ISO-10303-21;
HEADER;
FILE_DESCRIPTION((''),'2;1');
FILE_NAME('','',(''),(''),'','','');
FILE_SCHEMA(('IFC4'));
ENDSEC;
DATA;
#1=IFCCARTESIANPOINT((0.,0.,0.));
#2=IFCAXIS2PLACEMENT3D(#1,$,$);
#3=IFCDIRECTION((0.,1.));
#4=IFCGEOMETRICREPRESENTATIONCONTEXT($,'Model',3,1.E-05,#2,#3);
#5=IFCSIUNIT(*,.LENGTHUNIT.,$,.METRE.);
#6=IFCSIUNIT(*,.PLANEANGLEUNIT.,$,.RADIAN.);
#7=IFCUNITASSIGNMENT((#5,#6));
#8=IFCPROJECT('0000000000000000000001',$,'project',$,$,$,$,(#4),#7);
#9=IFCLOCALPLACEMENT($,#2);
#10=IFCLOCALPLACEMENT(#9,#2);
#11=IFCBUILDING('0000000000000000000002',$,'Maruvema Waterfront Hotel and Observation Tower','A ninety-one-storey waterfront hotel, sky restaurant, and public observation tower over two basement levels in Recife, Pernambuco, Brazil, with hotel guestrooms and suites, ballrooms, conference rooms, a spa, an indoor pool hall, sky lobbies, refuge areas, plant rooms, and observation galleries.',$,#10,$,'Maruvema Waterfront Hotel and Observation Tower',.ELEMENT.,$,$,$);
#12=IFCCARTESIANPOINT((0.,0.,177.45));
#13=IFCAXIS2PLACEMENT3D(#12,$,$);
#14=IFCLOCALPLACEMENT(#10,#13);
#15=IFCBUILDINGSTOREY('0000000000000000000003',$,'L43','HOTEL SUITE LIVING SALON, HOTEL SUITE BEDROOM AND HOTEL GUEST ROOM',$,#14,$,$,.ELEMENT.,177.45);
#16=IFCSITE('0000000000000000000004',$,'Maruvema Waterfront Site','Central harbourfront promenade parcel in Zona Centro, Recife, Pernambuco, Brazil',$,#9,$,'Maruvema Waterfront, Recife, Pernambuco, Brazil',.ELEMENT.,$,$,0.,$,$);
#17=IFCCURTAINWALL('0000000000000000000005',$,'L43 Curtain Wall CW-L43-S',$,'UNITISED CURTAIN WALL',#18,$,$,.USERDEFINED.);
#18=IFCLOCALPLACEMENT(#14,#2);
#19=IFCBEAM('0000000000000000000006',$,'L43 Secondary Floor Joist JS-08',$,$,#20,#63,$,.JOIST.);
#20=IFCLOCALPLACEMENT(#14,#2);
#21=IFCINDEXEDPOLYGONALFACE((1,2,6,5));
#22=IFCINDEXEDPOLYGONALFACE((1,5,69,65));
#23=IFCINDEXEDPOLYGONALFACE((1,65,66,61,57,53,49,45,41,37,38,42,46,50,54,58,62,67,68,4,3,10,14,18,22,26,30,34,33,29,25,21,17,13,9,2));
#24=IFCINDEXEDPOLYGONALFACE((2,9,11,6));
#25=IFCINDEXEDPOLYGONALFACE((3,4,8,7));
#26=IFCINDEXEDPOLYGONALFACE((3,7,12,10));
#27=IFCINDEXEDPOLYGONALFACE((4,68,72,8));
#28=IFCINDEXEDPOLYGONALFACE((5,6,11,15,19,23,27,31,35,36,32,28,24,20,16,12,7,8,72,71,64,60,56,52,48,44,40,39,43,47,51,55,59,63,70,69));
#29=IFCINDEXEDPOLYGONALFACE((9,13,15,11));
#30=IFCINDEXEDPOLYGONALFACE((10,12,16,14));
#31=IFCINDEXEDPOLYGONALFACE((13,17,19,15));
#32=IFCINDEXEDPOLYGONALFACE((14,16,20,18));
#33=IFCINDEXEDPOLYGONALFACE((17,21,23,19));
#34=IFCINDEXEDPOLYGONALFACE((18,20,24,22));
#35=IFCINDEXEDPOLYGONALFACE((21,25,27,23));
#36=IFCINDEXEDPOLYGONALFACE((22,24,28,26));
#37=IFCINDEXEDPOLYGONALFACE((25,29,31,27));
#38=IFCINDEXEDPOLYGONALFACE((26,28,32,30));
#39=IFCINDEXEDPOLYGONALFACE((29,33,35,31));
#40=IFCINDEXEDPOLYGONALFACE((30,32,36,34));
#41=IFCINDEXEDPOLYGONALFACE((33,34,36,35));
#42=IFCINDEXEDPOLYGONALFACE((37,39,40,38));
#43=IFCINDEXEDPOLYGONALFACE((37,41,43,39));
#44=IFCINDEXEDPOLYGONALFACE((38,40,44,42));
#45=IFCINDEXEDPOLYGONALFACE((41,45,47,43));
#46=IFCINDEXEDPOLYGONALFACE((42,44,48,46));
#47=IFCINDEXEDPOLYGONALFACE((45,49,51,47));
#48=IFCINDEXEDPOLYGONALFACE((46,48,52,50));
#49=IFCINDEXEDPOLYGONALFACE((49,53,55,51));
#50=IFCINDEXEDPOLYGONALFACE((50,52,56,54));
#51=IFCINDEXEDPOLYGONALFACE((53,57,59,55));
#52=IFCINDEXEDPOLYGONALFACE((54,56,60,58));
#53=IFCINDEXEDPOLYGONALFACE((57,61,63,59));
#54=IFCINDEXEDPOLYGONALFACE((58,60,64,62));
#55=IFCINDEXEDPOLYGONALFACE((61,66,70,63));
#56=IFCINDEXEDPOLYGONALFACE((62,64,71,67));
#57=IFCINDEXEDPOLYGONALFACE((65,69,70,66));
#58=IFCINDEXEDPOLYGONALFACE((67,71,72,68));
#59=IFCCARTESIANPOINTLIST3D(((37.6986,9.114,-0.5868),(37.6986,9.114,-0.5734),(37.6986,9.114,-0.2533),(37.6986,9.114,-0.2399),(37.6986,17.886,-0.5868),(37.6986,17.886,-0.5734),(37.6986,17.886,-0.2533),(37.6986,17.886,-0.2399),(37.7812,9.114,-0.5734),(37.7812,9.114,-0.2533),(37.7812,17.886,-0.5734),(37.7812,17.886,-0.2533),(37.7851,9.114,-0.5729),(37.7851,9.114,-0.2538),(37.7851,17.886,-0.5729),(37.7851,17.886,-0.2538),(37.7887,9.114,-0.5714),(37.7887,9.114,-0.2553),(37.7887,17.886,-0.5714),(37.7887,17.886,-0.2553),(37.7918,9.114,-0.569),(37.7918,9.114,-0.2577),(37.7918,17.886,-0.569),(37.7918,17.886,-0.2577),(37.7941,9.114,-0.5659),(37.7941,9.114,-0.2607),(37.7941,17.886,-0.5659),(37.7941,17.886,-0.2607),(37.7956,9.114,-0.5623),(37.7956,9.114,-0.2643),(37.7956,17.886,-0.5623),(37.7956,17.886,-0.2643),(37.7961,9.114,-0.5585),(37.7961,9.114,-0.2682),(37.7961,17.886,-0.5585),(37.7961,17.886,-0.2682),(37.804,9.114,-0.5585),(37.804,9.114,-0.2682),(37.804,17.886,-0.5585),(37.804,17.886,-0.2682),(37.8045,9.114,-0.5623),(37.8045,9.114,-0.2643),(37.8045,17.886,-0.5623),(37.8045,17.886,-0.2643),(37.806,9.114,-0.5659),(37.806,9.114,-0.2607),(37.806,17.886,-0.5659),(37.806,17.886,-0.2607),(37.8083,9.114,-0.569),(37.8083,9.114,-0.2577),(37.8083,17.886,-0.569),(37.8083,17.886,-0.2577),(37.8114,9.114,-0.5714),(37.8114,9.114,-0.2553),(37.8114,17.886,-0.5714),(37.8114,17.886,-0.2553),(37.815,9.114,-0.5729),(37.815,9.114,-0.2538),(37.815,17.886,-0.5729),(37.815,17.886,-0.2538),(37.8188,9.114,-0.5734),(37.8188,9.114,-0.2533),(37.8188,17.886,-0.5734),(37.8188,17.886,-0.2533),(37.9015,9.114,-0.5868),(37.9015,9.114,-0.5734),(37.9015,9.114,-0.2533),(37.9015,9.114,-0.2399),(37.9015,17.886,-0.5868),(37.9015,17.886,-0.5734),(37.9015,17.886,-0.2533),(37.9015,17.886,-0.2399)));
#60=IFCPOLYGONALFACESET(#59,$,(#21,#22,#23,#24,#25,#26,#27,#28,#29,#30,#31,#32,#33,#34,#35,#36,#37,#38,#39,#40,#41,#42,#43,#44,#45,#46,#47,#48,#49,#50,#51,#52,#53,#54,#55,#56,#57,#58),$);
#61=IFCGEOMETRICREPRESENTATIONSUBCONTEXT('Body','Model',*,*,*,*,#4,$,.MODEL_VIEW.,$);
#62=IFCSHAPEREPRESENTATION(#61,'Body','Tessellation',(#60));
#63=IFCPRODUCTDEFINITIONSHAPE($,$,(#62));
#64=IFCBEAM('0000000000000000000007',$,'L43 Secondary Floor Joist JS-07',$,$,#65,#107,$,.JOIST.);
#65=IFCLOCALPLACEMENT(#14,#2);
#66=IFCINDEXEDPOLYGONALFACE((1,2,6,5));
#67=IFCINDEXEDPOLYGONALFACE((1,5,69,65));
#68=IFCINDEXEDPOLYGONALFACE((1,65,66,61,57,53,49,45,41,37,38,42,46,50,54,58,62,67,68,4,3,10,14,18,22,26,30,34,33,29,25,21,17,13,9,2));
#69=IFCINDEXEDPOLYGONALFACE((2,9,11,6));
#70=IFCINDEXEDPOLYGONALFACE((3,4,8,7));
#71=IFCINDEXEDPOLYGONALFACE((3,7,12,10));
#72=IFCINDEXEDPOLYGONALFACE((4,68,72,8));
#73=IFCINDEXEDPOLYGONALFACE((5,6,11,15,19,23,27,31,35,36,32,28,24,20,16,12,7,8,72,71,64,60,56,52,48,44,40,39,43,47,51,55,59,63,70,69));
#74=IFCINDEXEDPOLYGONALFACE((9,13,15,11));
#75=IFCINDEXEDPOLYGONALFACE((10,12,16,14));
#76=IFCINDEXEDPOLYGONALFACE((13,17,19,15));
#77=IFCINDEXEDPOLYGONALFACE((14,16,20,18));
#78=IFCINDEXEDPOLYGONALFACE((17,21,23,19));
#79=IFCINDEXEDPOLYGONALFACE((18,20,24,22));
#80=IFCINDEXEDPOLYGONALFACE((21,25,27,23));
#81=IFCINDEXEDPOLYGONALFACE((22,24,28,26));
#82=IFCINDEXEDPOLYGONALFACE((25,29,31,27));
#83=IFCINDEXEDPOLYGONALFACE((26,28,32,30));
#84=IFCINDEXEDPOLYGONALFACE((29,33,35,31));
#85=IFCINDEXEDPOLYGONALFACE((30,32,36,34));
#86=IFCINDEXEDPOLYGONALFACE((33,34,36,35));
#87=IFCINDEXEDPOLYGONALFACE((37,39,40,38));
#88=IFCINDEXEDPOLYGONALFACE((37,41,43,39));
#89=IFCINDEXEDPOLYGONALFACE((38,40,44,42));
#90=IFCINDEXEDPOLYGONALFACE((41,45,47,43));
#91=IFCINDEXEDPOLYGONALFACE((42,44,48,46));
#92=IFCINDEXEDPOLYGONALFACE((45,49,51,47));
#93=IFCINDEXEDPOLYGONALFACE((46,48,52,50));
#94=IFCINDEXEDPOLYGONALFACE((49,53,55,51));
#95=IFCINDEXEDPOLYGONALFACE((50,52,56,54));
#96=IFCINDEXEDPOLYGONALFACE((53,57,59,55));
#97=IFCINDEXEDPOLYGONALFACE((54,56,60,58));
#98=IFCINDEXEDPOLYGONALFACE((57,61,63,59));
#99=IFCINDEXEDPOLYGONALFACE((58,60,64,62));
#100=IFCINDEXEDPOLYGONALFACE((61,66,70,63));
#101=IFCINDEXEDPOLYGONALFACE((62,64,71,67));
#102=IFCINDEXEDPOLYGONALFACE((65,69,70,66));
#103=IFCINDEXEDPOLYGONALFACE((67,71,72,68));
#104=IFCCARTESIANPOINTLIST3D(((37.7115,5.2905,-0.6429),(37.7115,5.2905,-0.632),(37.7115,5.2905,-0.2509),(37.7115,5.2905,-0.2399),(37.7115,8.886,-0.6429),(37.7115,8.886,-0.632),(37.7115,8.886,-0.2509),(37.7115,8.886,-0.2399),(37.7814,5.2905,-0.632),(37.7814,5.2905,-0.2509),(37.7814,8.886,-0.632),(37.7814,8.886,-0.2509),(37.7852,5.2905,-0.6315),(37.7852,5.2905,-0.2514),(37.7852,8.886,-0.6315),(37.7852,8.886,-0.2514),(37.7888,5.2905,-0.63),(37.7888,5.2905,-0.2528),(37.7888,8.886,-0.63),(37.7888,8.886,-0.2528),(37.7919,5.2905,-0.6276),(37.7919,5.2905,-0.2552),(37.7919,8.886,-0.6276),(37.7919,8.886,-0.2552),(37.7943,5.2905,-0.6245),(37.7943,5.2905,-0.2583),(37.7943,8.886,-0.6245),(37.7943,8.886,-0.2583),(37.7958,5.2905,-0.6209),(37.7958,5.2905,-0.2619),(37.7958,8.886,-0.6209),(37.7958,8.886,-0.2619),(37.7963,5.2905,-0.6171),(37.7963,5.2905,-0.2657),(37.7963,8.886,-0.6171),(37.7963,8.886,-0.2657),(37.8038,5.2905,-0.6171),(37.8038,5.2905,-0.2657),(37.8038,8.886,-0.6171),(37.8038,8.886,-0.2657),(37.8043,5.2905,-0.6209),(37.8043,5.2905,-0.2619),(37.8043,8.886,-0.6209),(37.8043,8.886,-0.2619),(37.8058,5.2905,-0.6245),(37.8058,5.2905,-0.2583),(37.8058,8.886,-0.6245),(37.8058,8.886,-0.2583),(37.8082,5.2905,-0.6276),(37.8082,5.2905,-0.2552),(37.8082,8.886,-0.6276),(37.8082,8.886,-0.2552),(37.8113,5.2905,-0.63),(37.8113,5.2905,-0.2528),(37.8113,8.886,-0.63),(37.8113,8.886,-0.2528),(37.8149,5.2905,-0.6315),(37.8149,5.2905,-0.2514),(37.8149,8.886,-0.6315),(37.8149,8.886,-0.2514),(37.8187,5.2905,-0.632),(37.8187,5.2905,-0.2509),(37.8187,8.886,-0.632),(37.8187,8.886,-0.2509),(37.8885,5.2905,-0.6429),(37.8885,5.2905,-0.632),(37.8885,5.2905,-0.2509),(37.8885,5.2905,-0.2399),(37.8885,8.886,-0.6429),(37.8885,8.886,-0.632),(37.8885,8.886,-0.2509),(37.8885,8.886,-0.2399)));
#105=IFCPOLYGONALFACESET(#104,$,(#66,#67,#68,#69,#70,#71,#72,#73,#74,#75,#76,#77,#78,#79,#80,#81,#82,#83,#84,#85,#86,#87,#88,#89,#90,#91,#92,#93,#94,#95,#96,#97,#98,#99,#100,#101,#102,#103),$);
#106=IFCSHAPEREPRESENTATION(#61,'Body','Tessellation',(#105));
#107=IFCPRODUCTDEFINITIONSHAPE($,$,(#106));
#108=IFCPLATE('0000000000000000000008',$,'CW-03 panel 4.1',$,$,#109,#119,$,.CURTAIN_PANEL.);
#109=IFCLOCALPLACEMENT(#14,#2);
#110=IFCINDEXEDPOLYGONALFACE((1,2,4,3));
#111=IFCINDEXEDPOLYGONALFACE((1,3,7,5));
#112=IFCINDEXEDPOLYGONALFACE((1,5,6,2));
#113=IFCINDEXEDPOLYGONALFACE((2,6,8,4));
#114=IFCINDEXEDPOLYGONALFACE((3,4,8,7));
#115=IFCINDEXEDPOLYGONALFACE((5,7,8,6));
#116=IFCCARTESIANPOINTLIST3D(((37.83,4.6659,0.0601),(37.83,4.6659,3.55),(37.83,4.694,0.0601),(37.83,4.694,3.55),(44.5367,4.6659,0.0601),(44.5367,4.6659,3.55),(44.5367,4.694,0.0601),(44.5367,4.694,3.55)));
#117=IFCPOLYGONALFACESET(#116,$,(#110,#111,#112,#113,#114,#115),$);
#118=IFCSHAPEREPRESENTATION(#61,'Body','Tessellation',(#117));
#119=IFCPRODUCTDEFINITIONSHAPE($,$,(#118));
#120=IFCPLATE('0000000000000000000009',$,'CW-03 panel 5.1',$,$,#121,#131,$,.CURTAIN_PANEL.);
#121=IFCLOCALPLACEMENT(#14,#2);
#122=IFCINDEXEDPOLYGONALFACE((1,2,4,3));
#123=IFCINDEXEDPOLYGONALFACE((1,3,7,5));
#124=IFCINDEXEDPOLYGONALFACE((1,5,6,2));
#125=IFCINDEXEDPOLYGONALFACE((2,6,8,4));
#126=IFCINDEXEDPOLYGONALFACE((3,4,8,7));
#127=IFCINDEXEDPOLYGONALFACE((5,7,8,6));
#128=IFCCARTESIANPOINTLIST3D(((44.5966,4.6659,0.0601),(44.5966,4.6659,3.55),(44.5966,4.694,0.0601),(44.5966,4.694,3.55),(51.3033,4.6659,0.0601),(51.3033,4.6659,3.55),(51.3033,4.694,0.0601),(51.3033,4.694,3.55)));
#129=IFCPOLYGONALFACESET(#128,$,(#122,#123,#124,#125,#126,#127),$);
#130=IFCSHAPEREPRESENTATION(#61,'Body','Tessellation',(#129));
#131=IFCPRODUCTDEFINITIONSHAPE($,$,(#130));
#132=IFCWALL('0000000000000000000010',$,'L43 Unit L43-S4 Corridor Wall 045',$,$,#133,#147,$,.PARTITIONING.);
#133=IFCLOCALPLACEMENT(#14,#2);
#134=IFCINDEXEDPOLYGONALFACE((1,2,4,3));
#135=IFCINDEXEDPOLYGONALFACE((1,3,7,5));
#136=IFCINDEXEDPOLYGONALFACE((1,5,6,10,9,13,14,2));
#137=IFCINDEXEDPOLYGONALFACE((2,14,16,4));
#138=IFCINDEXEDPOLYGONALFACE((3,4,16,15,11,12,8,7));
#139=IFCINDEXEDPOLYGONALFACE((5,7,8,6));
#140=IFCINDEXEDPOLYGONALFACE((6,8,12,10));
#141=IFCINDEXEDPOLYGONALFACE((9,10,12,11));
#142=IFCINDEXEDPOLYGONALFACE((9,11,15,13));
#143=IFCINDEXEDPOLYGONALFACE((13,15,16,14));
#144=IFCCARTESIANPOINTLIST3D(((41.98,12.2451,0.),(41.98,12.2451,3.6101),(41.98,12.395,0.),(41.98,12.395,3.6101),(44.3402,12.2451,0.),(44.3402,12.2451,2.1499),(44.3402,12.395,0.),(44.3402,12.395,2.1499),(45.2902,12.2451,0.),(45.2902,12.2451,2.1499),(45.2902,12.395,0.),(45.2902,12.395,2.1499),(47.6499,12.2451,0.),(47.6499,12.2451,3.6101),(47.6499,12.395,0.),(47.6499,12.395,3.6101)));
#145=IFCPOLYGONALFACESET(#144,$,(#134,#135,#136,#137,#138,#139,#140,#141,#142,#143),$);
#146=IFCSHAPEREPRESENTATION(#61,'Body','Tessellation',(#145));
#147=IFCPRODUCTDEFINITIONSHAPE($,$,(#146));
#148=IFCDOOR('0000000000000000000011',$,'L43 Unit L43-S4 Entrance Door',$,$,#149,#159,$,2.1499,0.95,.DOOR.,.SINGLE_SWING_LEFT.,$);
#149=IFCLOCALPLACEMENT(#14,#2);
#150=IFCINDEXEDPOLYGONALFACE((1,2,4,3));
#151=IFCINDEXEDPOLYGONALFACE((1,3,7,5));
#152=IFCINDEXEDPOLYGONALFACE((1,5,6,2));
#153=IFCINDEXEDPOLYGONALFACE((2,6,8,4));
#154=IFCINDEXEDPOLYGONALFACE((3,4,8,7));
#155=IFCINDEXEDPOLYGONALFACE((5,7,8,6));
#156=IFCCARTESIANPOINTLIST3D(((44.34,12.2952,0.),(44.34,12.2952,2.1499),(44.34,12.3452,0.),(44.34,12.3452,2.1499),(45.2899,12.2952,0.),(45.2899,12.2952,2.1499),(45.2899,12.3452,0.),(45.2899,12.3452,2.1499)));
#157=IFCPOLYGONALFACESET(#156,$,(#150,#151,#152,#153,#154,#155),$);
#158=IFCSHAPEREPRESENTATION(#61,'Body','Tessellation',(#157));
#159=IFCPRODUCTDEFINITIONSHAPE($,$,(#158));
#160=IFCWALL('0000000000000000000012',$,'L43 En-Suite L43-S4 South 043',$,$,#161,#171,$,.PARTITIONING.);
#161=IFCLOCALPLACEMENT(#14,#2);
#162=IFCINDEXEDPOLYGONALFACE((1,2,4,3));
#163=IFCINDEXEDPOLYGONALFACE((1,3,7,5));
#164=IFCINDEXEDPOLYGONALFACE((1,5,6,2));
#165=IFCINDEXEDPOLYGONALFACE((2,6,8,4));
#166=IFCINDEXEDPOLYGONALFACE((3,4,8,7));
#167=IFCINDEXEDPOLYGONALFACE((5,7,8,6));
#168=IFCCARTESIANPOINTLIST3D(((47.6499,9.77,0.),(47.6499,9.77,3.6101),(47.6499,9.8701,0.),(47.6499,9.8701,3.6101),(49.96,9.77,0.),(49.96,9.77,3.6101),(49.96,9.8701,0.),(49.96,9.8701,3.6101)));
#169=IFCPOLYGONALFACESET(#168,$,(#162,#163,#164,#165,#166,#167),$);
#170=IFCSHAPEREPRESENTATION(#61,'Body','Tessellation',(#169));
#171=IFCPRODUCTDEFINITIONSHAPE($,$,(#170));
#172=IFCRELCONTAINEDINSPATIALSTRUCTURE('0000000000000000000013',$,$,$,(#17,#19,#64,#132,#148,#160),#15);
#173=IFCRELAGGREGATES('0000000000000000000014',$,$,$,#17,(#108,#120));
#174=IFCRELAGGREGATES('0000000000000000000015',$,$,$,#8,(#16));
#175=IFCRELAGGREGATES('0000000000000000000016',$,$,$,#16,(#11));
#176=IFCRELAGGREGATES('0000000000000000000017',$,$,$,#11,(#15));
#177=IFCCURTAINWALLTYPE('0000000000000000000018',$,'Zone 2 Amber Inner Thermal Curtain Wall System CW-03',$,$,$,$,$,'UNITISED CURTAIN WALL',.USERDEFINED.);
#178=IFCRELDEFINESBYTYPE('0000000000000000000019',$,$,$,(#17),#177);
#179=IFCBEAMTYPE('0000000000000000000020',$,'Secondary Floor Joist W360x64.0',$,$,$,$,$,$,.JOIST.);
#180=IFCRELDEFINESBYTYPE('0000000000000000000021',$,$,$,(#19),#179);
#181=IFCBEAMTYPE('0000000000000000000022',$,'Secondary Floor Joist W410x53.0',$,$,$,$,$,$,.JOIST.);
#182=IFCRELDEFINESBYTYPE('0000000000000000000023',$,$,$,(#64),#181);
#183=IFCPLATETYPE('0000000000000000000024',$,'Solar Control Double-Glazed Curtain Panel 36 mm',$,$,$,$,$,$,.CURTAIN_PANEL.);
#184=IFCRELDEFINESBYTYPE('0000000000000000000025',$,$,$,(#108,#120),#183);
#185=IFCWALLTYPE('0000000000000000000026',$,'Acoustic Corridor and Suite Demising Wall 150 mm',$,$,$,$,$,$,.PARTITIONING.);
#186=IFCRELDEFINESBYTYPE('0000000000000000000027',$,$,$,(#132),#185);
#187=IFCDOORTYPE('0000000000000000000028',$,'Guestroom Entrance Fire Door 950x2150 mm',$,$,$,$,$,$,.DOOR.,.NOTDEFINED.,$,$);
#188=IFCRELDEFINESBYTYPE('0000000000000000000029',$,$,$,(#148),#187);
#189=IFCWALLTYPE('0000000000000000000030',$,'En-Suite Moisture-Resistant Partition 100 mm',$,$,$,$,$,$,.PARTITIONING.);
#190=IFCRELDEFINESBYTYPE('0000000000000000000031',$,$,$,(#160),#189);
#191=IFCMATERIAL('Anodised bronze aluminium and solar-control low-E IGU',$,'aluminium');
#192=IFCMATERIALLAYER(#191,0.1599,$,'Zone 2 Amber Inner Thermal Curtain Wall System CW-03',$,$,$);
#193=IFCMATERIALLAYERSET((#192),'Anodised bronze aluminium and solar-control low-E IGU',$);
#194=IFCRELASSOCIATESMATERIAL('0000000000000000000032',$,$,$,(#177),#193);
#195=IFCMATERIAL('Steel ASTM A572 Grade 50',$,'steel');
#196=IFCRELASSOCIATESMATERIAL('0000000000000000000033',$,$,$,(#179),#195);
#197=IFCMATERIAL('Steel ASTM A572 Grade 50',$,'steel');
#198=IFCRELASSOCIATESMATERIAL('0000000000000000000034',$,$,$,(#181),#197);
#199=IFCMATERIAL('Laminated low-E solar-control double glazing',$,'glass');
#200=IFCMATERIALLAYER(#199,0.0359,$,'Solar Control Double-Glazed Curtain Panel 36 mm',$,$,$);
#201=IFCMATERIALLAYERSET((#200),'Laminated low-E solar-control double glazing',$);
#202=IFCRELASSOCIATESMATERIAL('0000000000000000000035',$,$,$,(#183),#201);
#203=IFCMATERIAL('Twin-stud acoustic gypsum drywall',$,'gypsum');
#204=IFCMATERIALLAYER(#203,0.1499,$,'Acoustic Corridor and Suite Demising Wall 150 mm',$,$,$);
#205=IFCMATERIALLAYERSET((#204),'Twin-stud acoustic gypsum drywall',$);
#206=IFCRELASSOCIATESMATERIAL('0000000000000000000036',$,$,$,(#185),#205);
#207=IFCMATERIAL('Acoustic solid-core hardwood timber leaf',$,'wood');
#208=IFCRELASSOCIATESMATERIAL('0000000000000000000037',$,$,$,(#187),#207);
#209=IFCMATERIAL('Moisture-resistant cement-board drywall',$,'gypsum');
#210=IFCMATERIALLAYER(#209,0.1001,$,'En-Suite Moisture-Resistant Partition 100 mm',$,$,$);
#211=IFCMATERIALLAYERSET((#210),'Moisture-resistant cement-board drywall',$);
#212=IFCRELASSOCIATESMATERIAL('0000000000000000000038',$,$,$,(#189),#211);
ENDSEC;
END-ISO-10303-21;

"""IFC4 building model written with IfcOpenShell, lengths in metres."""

from ifc_helpers import new_model, si_unit, direction, frame, frame_2d, origin, origin_2d, place, context, subcontext, project, spatial, rectangle, i_section, extrude, material, layer, layer_set, material_profile, profile_set, type_object, element, fill, aggregate, save


model = new_model("IFC4")

# Units and contexts
model_context = context("Model", 3, precision=1e-05, world=origin(), true_north=direction((0.0, 1.0)))
body_context = subcontext(model_context, "Body", "Model", "MODEL_VIEW")
ifc_project = project(units=[si_unit("LENGTHUNIT", "METRE"), si_unit("PLANEANGLEUNIT", "RADIAN")], contexts=[model_context])

# Site, building, storey
site_placement = place(None, origin())
site = spatial("IfcSite", under=ifc_project, at=site_placement, Name="Maruvema Waterfront Site", Description="Central harbourfront promenade parcel in Zona Centro, Recife, Pernambuco, Brazil", LongName="Maruvema Waterfront, Recife, Pernambuco, Brazil", CompositionType="ELEMENT", RefElevation=0.0)
building_placement = place(site_placement, origin())
building = spatial("IfcBuilding", under=site, at=building_placement, Name="Maruvema Waterfront Hotel and Observation Tower", Description="A ninety-one-storey waterfront hotel, sky restaurant, and public observation tower over two basement levels in Recife, Pernambuco, Brazil, with hotel guestrooms and suites, ballrooms, conference rooms, a spa, an indoor pool hall, sky lobbies, refuge areas, plant rooms, and observation galleries.", LongName="Maruvema Waterfront Hotel and Observation Tower", CompositionType="ELEMENT")
storey_placement = place(building_placement, frame((0.0, 0.0, 177.45)))
storey = spatial("IfcBuildingStorey", under=building, at=storey_placement, Name="L43", Description="HOTEL SUITE LIVING SALON, HOTEL SUITE BEDROOM AND HOTEL GUEST ROOM", CompositionType="ELEMENT", Elevation=177.45)

# Curtain wall
ifc_material_1 = material(Name="Anodised bronze aluminium and solar-control low-E IGU", Category="aluminium")
ifc_layer_1 = layer(ifc_material_1, 0.1599, Name="Zone 2 Amber Inner Thermal Curtain Wall System CW-03")
ifc_layer_set_1 = layer_set([ifc_layer_1], Name="Anodised bronze aluminium and solar-control low-E IGU")
curtain_wall_type = type_object("IfcCurtainWallType", Name="Zone 2 Amber Inner Thermal Curtain Wall System CW-03", ElementType="UNITISED CURTAIN WALL", PredefinedType="USERDEFINED", material=ifc_layer_set_1)
curtain_wall_placement = place(storey_placement, origin())
curtain_wall = element("IfcCurtainWall", 1, at=curtain_wall_placement, inside=storey, type_object=curtain_wall_type, Name="L43 Curtain Wall CW-L43-S", ObjectType="UNITISED CURTAIN WALL", PredefinedType="USERDEFINED")

# Beams
ifc_material_2 = material(Name="Steel ASTM A572 Grade 50", Category="steel")
ifc_material_profile_1 = material_profile(ifc_material_2, i_section(OverallWidth=0.2029, OverallDepth=0.3469, WebThickness=0.0078, FlangeThickness=0.0134, FilletRadius=0.0149, at=origin_2d()), Name="W360x64.0")
ifc_profile_set_1 = profile_set([ifc_material_profile_1], Name="Steel ASTM A572 Grade 50")
beam_type_1 = type_object("IfcBeamType", Name="Secondary Floor Joist W360x64.0", PredefinedType="JOIST", material=ifc_profile_set_1)
beam_1_placement = place(storey_placement, frame((37.8, 9.114, -0.4133), z_axis=(0.0, 1.0, 0.0), x_axis=(-1.0, 0.0, 0.0)))
element("IfcBeam", 2, at=beam_1_placement, inside=storey, type_object=beam_type_1, Name="L43 Secondary Floor Joist JS-08", PredefinedType="JOIST", context=body_context, shape_type="SweptSolid", body=[
    extrude(i_section(OverallWidth=0.2029, OverallDepth=0.3469, WebThickness=0.0078, FlangeThickness=0.0134, FilletRadius=0.0149, at=origin_2d()), origin(), (0.0, 0.0, 1.0), 8.772),
])
ifc_material_3 = material(Name="Steel ASTM A572 Grade 50", Category="steel")
ifc_material_profile_2 = material_profile(ifc_material_3, i_section(OverallWidth=0.177, OverallDepth=0.4031, WebThickness=0.0076, FlangeThickness=0.011, FilletRadius=0.0149, at=origin_2d()), Name="W410x53.0")
ifc_profile_set_2 = profile_set([ifc_material_profile_2], Name="Steel ASTM A572 Grade 50")
beam_type_2 = type_object("IfcBeamType", Name="Secondary Floor Joist W410x53.0", PredefinedType="JOIST", material=ifc_profile_set_2)
beam_2_placement = place(storey_placement, frame((37.8, 5.2905, -0.4414), z_axis=(0.0, 1.0, 0.0), x_axis=(-1.0, 0.0, 0.0)))
element("IfcBeam", 3, at=beam_2_placement, inside=storey, type_object=beam_type_2, Name="L43 Secondary Floor Joist JS-07", PredefinedType="JOIST", context=body_context, shape_type="SweptSolid", body=[
    extrude(i_section(OverallWidth=0.177, OverallDepth=0.4031, WebThickness=0.0076, FlangeThickness=0.011, FilletRadius=0.0149, at=origin_2d()), origin(), (0.0, 0.0, 1.0), 3.5955),
])

# Plates
ifc_material_4 = material(Name="Laminated low-E solar-control double glazing", Category="glass")
ifc_layer_2 = layer(ifc_material_4, 0.0359, Name="Solar Control Double-Glazed Curtain Panel 36 mm")
ifc_layer_set_2 = layer_set([ifc_layer_2], Name="Laminated low-E solar-control double glazing")
plate_type = type_object("IfcPlateType", Name="Solar Control Double-Glazed Curtain Panel 36 mm", PredefinedType="CURTAIN_PANEL", material=ifc_layer_set_2)
plate_1_placement = place(storey_placement, frame((41.1833, 4.6799, 0.0601), z_axis=(0.0, 0.0, 1.0), x_axis=(1.0, 0.0, 0.0)))
plate_1 = element("IfcPlate", 4, at=plate_1_placement, type_object=plate_type, Name="CW-03 panel 4.1", PredefinedType="CURTAIN_PANEL", context=body_context, shape_type="SweptSolid", body=[
    extrude(rectangle(XDim=6.7068, YDim=0.0281, at=origin_2d()), origin(), (0.0, 0.0, 1.0), 3.49),
])
plate_2_placement = place(storey_placement, frame((47.95, 4.6799, 0.0601), z_axis=(0.0, 0.0, 1.0), x_axis=(1.0, 0.0, 0.0)))
plate_2 = element("IfcPlate", 5, at=plate_2_placement, type_object=plate_type, Name="CW-03 panel 5.1", PredefinedType="CURTAIN_PANEL", context=body_context, shape_type="SweptSolid", body=[
    extrude(rectangle(XDim=6.7068, YDim=0.0281, at=origin_2d()), origin(), (0.0, 0.0, 1.0), 3.49),
])
aggregate(curtain_wall, [plate_1, plate_2])

# Wall, opening, door
ifc_material_5 = material(Name="Twin-stud acoustic gypsum drywall", Category="gypsum")
ifc_layer_3 = layer(ifc_material_5, 0.1499, Name="Acoustic Corridor and Suite Demising Wall 150 mm")
ifc_layer_set_3 = layer_set([ifc_layer_3], Name="Twin-stud acoustic gypsum drywall")
wall_type_1 = type_object("IfcWallType", Name="Acoustic Corridor and Suite Demising Wall 150 mm", PredefinedType="PARTITIONING", material=ifc_layer_set_3)
wall_1_placement = place(storey_placement, frame((41.98, 12.3201, 0.0), z_axis=(0.0, 0.0, 1.0), x_axis=(1.0, 0.0, 0.0)))
wall_1 = element("IfcWall", 6, at=wall_1_placement, inside=storey, type_object=wall_type_1, Name="L43 Unit L43-S4 Corridor Wall 045", PredefinedType="PARTITIONING", context=body_context, shape_type="SweptSolid", body=[
    extrude(rectangle(XDim=5.6699, YDim=0.1499, at=frame_2d((2.835, 0.0))), origin(), (0.0, 0.0, 1.0), 3.6101),
])
opening_1_placement = place(wall_1_placement, frame((2.3601, 0.0, 0.0)))
opening_1 = element("IfcOpeningElement", 7, at=opening_1_placement, cuts=wall_1, PredefinedType="OPENING", context=body_context, shape_type="SweptSolid", body=[
    extrude(rectangle(XDim=0.95, YDim=2.1499, at=frame_2d((0.4751, 1.075))), frame((0.0, 0.085, 0.0), z_axis=(0.0, -1.0, 0.0), x_axis=(1.0, 0.0, 0.0)), (0.0, 0.0, 1.0), 0.1699),
])
ifc_material_6 = material(Name="Acoustic solid-core hardwood timber leaf", Category="wood")
door_type_1 = type_object("IfcDoorType", Name="Guestroom Entrance Fire Door 950x2150 mm", OperationType="NOTDEFINED", PredefinedType="DOOR", material=ifc_material_6)
door_1_placement = place(opening_1_placement, frame((0.95, 0.0, 0.0), z_axis=(0.0, 0.0, 1.0), x_axis=(-1.0, 0.0, 0.0)))
door_1 = element("IfcDoor", 8, at=door_1_placement, inside=storey, type_object=door_type_1, Name="L43 Unit L43-S4 Entrance Door", OperationType="SINGLE_SWING_LEFT", OverallHeight=2.1499, OverallWidth=0.95, PredefinedType="DOOR", context=body_context, shape_type="SweptSolid", body=[
    extrude(rectangle(XDim=0.95, YDim=2.1499, at=frame_2d((0.4751, 1.075))), frame((0.0, 0.0249, 0.0), z_axis=(0.0, -1.0, 0.0), x_axis=(1.0, 0.0, 0.0)), (0.0, 0.0, 1.0), 0.05),
])
fill(opening_1, door_1)

# Wall
ifc_material_7 = material(Name="Moisture-resistant cement-board drywall", Category="gypsum")
ifc_layer_4 = layer(ifc_material_7, 0.1001, Name="En-Suite Moisture-Resistant Partition 100 mm")
ifc_layer_set_4 = layer_set([ifc_layer_4], Name="Moisture-resistant cement-board drywall")
wall_type_2 = type_object("IfcWallType", Name="En-Suite Moisture-Resistant Partition 100 mm", PredefinedType="PARTITIONING", material=ifc_layer_set_4)
wall_2_placement = place(storey_placement, frame((47.6499, 9.8201, 0.0), z_axis=(0.0, 0.0, 1.0), x_axis=(1.0, 0.0, 0.0)))
element("IfcWall", 9, at=wall_2_placement, inside=storey, type_object=wall_type_2, Name="L43 En-Suite L43-S4 South 043", PredefinedType="PARTITIONING", context=body_context, shape_type="SweptSolid", body=[
    extrude(rectangle(XDim=2.3101, YDim=0.1001, at=frame_2d((1.155, 0.0))), origin(), (0.0, 0.0, 1.0), 3.6101),
])

save(model, "model.ifc")
